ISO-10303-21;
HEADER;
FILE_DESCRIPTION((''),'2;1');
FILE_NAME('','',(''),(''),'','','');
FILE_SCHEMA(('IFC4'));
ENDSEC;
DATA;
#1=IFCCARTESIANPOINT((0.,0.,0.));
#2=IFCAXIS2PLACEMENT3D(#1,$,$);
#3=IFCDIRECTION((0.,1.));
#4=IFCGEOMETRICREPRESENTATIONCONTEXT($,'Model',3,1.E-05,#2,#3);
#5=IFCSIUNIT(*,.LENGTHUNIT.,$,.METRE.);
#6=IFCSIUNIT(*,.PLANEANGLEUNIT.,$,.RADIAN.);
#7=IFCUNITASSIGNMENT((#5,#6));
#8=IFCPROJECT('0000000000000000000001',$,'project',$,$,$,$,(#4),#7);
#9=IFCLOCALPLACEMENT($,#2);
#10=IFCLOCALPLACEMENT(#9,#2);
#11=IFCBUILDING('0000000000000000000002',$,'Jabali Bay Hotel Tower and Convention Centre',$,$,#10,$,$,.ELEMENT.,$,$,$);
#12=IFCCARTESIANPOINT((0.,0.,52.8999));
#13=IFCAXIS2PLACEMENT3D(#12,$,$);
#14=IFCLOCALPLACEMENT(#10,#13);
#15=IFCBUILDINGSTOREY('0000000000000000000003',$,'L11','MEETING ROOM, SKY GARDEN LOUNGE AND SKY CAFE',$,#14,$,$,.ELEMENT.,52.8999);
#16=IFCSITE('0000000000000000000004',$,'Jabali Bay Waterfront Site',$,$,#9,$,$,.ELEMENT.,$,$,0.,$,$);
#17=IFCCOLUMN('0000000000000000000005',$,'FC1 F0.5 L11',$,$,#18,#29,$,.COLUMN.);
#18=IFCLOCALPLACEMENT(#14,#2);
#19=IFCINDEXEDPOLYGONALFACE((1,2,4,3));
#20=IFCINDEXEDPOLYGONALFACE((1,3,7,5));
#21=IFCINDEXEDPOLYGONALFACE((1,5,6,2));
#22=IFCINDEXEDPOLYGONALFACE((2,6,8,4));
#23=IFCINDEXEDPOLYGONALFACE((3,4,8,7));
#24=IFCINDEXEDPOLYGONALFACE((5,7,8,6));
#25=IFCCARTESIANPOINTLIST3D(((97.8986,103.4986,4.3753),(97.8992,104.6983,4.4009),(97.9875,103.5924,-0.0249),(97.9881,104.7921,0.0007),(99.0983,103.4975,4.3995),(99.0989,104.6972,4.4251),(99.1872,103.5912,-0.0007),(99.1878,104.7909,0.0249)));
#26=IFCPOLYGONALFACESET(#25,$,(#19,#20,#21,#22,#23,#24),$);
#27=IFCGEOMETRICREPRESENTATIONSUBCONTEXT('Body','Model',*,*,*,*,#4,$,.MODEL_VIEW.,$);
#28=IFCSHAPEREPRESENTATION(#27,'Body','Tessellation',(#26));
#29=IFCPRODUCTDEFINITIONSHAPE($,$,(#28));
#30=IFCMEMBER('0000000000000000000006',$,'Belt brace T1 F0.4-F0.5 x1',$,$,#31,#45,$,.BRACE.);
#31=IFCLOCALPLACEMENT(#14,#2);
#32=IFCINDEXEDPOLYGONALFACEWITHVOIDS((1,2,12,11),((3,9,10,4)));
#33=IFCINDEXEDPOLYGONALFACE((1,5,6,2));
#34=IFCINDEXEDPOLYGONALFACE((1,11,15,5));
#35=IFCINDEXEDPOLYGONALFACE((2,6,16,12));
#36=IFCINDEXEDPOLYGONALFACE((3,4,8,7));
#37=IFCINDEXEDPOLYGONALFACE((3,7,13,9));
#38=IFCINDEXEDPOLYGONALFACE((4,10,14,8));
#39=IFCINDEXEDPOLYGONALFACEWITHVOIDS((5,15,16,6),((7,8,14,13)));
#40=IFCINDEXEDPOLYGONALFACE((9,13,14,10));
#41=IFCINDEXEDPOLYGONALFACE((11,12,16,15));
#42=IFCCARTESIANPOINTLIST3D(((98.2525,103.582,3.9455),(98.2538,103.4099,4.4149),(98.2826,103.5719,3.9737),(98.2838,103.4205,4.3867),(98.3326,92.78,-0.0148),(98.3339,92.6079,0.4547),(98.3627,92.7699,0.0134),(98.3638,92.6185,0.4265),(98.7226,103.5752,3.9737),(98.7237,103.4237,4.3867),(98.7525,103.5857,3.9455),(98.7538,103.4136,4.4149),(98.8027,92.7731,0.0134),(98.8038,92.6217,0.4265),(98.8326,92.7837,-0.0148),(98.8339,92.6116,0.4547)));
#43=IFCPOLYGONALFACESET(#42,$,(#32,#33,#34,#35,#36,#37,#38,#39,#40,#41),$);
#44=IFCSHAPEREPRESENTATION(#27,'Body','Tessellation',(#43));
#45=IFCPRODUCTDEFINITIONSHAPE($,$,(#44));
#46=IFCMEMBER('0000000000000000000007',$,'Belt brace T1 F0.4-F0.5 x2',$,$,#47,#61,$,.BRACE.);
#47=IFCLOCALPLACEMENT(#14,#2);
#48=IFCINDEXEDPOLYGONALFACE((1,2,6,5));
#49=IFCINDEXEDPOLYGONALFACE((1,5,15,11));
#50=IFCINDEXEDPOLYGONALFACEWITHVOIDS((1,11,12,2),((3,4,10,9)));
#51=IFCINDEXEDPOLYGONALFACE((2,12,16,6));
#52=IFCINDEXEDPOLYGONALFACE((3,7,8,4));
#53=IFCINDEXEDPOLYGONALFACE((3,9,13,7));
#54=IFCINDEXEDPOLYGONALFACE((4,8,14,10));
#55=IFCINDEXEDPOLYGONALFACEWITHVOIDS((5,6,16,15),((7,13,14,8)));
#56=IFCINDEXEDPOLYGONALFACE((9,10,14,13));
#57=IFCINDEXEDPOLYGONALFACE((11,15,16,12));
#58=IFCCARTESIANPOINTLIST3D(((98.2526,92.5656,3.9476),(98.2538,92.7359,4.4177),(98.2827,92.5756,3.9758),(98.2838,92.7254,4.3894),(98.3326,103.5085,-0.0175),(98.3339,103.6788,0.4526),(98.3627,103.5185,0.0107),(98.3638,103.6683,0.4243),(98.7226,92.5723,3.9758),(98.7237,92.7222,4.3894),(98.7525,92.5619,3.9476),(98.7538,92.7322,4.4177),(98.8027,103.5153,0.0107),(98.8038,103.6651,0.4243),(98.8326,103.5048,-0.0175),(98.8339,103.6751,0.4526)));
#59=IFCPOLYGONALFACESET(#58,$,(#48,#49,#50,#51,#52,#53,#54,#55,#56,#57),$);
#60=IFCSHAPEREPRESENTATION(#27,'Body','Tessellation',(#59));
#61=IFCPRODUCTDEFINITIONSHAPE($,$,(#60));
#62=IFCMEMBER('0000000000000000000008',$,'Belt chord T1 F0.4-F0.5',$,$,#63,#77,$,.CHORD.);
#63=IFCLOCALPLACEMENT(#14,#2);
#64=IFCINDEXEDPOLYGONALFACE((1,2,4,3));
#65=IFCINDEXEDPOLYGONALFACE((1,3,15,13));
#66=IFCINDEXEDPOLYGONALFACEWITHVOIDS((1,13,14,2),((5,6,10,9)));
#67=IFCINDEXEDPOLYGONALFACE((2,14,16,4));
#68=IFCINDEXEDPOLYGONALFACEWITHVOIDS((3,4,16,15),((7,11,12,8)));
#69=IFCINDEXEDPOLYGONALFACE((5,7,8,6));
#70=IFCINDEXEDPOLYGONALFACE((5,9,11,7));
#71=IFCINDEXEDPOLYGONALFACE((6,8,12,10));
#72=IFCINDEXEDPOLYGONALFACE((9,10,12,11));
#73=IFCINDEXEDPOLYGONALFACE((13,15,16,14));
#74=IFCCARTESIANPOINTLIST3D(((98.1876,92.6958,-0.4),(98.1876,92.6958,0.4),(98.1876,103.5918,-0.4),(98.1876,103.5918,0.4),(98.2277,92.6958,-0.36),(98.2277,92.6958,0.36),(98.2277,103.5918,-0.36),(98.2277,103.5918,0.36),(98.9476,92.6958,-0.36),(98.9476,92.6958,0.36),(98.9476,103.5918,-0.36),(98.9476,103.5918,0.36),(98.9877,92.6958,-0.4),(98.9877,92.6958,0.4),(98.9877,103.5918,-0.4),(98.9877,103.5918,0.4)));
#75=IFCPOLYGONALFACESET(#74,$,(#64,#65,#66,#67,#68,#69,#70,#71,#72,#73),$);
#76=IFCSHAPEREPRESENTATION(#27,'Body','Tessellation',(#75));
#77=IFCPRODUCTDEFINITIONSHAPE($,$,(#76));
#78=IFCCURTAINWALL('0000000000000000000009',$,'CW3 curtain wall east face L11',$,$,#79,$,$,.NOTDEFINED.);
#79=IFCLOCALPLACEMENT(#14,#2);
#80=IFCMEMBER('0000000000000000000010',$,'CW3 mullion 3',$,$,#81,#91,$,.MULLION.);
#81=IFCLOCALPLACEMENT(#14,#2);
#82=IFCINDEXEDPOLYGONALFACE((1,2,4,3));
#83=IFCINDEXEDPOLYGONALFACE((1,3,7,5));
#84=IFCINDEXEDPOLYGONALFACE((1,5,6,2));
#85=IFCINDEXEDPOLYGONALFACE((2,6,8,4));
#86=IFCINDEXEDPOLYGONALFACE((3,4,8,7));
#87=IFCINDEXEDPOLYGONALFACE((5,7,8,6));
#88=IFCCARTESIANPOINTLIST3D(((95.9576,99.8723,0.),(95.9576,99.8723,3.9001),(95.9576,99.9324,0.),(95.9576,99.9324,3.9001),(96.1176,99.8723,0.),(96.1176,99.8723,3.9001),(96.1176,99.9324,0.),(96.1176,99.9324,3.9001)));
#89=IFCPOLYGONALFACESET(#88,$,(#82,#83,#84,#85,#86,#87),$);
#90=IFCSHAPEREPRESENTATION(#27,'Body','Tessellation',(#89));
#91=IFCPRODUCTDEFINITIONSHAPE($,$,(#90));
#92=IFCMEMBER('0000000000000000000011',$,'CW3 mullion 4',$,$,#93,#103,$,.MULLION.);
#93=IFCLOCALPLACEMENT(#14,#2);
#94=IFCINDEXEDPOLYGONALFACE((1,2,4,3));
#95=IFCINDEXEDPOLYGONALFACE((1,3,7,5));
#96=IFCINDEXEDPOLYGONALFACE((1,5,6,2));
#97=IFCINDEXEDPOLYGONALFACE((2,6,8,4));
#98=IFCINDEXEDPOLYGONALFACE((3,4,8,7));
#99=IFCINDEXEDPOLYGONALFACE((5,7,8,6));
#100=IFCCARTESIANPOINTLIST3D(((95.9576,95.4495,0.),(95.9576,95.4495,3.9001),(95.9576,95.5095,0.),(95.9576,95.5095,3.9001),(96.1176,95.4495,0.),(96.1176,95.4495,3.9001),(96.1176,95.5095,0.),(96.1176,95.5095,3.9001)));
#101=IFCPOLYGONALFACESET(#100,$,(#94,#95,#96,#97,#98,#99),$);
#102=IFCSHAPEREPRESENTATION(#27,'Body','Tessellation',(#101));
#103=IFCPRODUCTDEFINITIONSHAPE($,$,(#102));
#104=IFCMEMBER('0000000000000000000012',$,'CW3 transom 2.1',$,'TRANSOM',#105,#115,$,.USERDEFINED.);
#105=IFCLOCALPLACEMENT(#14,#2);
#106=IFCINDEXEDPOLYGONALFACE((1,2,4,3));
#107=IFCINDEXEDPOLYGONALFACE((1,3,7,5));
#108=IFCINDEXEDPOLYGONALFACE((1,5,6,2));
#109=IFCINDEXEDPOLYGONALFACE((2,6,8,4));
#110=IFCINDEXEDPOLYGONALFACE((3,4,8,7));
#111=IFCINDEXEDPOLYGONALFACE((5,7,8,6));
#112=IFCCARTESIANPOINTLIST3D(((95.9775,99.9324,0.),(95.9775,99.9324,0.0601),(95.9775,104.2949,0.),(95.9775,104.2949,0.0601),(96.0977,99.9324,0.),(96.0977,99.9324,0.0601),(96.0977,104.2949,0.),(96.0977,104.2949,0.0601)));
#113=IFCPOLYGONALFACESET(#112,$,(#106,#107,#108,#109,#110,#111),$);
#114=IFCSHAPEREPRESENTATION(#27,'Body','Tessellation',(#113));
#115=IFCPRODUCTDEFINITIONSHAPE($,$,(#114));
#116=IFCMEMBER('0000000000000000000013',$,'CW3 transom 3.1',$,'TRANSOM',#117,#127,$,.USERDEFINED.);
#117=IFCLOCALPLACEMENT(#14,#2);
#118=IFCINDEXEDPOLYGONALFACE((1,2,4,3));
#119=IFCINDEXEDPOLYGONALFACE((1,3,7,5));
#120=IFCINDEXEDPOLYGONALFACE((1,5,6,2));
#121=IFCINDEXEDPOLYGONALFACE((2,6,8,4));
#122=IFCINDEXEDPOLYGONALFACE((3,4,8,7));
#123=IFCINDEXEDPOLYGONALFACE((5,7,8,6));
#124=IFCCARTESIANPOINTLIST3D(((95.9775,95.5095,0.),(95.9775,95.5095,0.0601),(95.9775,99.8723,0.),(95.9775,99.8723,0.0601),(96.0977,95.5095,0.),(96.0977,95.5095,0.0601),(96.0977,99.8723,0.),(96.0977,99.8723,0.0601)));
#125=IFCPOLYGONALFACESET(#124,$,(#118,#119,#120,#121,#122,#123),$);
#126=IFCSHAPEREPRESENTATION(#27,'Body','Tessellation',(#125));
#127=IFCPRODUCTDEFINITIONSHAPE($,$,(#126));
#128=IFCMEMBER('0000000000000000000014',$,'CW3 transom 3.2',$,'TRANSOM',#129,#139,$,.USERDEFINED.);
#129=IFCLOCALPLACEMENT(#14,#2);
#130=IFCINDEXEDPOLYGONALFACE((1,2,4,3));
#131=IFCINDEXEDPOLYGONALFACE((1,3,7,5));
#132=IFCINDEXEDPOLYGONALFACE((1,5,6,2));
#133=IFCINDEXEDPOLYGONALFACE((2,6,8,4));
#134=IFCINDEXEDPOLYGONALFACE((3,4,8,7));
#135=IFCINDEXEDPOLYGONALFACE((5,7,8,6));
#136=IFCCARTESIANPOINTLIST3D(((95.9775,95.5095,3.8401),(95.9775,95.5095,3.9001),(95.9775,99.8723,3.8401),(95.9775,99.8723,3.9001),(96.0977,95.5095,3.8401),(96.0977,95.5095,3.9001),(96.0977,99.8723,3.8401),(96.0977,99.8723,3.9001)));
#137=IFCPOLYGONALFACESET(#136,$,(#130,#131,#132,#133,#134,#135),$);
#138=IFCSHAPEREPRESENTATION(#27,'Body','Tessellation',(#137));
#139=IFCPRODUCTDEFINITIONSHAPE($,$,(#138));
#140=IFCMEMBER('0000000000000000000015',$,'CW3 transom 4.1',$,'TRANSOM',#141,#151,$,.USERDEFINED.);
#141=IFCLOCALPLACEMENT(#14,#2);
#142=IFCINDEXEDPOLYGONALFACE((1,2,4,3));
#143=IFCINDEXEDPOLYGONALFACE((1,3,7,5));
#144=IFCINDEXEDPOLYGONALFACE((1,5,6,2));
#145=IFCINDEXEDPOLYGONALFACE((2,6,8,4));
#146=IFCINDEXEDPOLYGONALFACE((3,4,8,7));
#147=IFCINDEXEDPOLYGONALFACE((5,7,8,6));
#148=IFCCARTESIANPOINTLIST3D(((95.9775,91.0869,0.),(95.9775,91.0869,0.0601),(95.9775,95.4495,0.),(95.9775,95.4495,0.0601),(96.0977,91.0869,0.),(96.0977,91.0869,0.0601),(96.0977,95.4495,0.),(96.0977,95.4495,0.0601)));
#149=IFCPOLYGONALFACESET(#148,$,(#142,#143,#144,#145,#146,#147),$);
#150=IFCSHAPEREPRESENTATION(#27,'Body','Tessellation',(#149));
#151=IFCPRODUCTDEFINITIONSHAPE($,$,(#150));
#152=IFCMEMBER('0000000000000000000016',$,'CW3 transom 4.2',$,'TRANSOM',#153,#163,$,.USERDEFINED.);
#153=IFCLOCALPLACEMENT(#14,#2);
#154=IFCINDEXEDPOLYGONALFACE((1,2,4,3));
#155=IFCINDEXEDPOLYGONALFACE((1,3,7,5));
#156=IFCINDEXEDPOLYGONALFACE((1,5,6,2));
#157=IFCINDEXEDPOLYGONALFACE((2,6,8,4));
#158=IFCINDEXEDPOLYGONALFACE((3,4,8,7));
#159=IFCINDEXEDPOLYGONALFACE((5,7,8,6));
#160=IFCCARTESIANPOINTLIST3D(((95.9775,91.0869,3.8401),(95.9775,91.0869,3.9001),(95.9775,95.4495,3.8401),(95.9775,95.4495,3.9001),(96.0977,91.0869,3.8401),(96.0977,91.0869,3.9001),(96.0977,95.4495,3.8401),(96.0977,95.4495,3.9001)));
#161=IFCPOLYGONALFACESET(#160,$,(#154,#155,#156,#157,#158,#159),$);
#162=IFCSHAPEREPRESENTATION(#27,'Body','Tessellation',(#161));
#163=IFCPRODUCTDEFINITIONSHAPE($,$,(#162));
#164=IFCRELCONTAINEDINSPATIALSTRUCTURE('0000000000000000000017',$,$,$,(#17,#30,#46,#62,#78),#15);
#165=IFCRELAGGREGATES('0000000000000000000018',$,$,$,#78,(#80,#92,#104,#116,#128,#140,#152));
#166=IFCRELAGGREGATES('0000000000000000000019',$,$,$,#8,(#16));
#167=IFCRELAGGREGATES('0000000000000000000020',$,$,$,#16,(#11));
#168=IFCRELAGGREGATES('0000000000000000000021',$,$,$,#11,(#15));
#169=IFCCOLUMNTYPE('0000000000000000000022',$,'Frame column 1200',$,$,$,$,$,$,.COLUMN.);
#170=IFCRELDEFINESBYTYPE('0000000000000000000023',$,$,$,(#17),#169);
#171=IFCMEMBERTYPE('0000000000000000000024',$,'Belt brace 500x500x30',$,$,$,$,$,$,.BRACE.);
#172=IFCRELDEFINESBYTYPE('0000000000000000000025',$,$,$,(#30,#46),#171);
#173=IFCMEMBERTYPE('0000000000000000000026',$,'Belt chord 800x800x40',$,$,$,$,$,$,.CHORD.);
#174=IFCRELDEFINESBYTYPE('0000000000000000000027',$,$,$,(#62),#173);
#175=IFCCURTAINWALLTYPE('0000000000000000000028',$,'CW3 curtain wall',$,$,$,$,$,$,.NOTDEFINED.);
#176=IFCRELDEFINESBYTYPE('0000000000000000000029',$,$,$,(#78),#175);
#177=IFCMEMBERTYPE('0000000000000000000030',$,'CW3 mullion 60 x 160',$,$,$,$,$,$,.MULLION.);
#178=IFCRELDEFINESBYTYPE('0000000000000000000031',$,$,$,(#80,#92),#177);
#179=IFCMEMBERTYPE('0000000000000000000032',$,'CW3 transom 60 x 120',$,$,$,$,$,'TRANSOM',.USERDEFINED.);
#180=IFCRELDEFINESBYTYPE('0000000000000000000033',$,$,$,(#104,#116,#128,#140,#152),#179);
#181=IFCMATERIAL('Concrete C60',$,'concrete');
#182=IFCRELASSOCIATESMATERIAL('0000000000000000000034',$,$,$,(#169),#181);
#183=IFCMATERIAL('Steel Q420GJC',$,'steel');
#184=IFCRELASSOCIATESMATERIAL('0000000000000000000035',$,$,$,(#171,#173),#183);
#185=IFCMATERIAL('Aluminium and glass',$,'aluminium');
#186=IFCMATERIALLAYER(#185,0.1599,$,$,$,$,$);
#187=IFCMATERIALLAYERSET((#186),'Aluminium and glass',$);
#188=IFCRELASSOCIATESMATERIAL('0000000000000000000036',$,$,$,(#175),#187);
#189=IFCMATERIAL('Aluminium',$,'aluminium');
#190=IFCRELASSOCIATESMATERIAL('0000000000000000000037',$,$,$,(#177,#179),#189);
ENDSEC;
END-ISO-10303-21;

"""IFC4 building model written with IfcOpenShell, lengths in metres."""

from ifc_helpers import new_model, si_unit, direction, frame, origin, origin_2d, place, context, subcontext, project, spatial, rectangle, hollow_rectangle, extrude, material, layer, layer_set, material_profile, profile_set, type_object, element, aggregate, save


model = new_model("IFC4")

# Units and contexts
model_context = context("Model", 3, precision=1e-05, world=origin(), true_north=direction((0.0, 1.0)))
body_context = subcontext(model_context, "Body", "Model", "MODEL_VIEW")
ifc_project = project(units=[si_unit("LENGTHUNIT", "METRE"), si_unit("PLANEANGLEUNIT", "RADIAN")], contexts=[model_context])

# Site, building, storey
site_placement = place(None, origin())
site = spatial("IfcSite", under=ifc_project, at=site_placement, Name="Jabali Bay Waterfront Site", CompositionType="ELEMENT", RefElevation=0.0)
building_placement = place(site_placement, origin())
building = spatial("IfcBuilding", under=site, at=building_placement, Name="Jabali Bay Hotel Tower and Convention Centre", CompositionType="ELEMENT")
storey_placement = place(building_placement, frame((0.0, 0.0, 52.8999)))
storey = spatial("IfcBuildingStorey", under=building, at=storey_placement, Name="L11", Description="MEETING ROOM, SKY GARDEN LOUNGE AND SKY CAFE", CompositionType="ELEMENT", Elevation=52.8999)

# Column
ifc_material_1 = material(Name="Concrete C60", Category="concrete")
ifc_material_profile_1 = material_profile(ifc_material_1, rectangle(XDim=1.2, YDim=1.2, at=origin_2d()), Name="Frame column 1200")
ifc_profile_set_1 = profile_set([ifc_material_profile_1], Name="Concrete C60")
column_type = type_object("IfcColumnType", Name="Frame column 1200", PredefinedType="COLUMN", material=ifc_profile_set_1)
column_placement = place(storey_placement, frame((98.5876, 104.1917, 0.0), z_axis=(-0.020188, -0.021297, 0.999569), x_axis=(0.999796, -0.000945, 0.020172)))
element("IfcColumn", 1, at=column_placement, inside=storey, type_object=column_type, Name="FC1 F0.5 L11", PredefinedType="COLUMN", context=body_context, shape_type="SweptSolid", body=[
    extrude(rectangle(XDim=1.2, YDim=1.2, at=origin_2d()), origin(), (0.0, 0.0, 1.0), 4.4021),
])

# Members
ifc_material_2 = material(Name="Steel Q420GJC", Category="steel")
ifc_material_profile_2 = material_profile(ifc_material_2, hollow_rectangle(XDim=0.5, YDim=0.5, WallThickness=0.03, at=origin_2d()), Name="Belt brace 500x500x30")
ifc_profile_set_2 = profile_set([ifc_material_profile_2], Name="Steel Q420GJC")
member_type_1 = type_object("IfcMemberType", Name="Belt brace 500x500x30", PredefinedType="BRACE", material=ifc_profile_set_2)
member_1_placement = place(storey_placement, frame((98.5833, 92.6958, 0.22), z_axis=(-0.00696, 0.938868, 0.344206), x_axis=(-0.999973, -0.007413, 0.0)))
element("IfcMember", 2, at=member_1_placement, inside=storey, type_object=member_type_1, Name="Belt brace T1 F0.4-F0.5 x1", PredefinedType="BRACE", context=body_context, shape_type="SweptSolid", body=[
    extrude(hollow_rectangle(XDim=0.5, YDim=0.5, WallThickness=0.03, at=origin_2d()), origin(), (0.0, 0.0, 1.0), 11.5054),
])
member_2_placement = place(storey_placement, frame((98.5833, 103.5918, 0.2175), z_axis=(-0.00688, -0.940161, 0.340662), x_axis=(0.999973, -0.007318, 0.0)))
element("IfcMember", 3, at=member_2_placement, inside=storey, type_object=member_type_1, Name="Belt brace T1 F0.4-F0.5 x2", PredefinedType="BRACE", context=body_context, shape_type="SweptSolid", body=[
    extrude(hollow_rectangle(XDim=0.5, YDim=0.5, WallThickness=0.03, at=origin_2d()), origin(), (0.0, 0.0, 1.0), 11.6394),
])
ifc_material_profile_3 = material_profile(ifc_material_2, hollow_rectangle(XDim=0.8, YDim=0.8, WallThickness=0.04, at=origin_2d()), Name="Belt chord 800x800x40")
ifc_profile_set_3 = profile_set([ifc_material_profile_3], Name="Steel Q420GJC")
member_type_2 = type_object("IfcMemberType", Name="Belt chord 800x800x40", PredefinedType="CHORD", material=ifc_profile_set_3)
member_3_placement = place(storey_placement, frame((98.5876, 92.6958, 0.0), z_axis=(0.0, 1.0, 0.0), x_axis=(-1.0, 0.0, 0.0)))
element("IfcMember", 4, at=member_3_placement, inside=storey, type_object=member_type_2, Name="Belt chord T1 F0.4-F0.5", PredefinedType="CHORD", context=body_context, shape_type="SweptSolid", body=[
    extrude(hollow_rectangle(XDim=0.8, YDim=0.8, WallThickness=0.04, at=origin_2d()), origin(), (0.0, 0.0, 1.0), 10.896),
])

# Curtain wall, members
ifc_material_3 = material(Name="Aluminium and glass", Category="aluminium")
ifc_layer_1 = layer(ifc_material_3, 0.1599)
ifc_layer_set_1 = layer_set([ifc_layer_1], Name="Aluminium and glass")
curtain_wall_type = type_object("IfcCurtainWallType", Name="CW3 curtain wall", PredefinedType="NOTDEFINED", material=ifc_layer_set_1)
curtain_wall_placement = place(storey_placement, origin())
curtain_wall = element("IfcCurtainWall", 5, at=curtain_wall_placement, inside=storey, type_object=curtain_wall_type, Name="CW3 curtain wall east face L11", PredefinedType="NOTDEFINED")
ifc_material_4 = material(Name="Aluminium", Category="aluminium")
ifc_material_profile_4 = material_profile(ifc_material_4, rectangle(XDim=0.1599, YDim=0.0601, at=origin_2d()), Name="CW3 mullion 60 x 160")
ifc_profile_set_4 = profile_set([ifc_material_profile_4], Name="Aluminium")
member_type_3 = type_object("IfcMemberType", Name="CW3 mullion 60 x 160", PredefinedType="MULLION", material=ifc_profile_set_4)
member_4_placement = place(storey_placement, frame((96.0376, 99.9023, 0.0), z_axis=(0.0, 0.0, 1.0), x_axis=(1.0, 0.0, 0.0)))
member_4 = element("IfcMember", 6, at=member_4_placement, type_object=member_type_3, Name="CW3 mullion 3", PredefinedType="MULLION", context=body_context, shape_type="SweptSolid", body=[
    extrude(rectangle(XDim=0.1599, YDim=0.0601, at=origin_2d()), origin(), (0.0, 0.0, 1.0), 3.9001),
])
member_5_placement = place(storey_placement, frame((96.0376, 95.4795, 0.0), z_axis=(0.0, 0.0, 1.0), x_axis=(1.0, 0.0, 0.0)))
member_5 = element("IfcMember", 7, at=member_5_placement, type_object=member_type_3, Name="CW3 mullion 4", PredefinedType="MULLION", context=body_context, shape_type="SweptSolid", body=[
    extrude(rectangle(XDim=0.1599, YDim=0.0601, at=origin_2d()), origin(), (0.0, 0.0, 1.0), 3.9001),
])
ifc_material_profile_5 = material_profile(ifc_material_4, rectangle(XDim=0.1201, YDim=0.0601, at=origin_2d()), Name="CW3 transom 60 x 120")
ifc_profile_set_5 = profile_set([ifc_material_profile_5], Name="Aluminium")
member_type_4 = type_object("IfcMemberType", Name="CW3 transom 60 x 120", ElementType="TRANSOM", PredefinedType="USERDEFINED", material=ifc_profile_set_5)
member_6_placement = place(storey_placement, frame((96.0376, 104.2949, 0.03), z_axis=(0.0, -1.0, 0.0), x_axis=(1.0, 0.0, 0.0)))
member_6 = element("IfcMember", 8, at=member_6_placement, type_object=member_type_4, Name="CW3 transom 2.1", ObjectType="TRANSOM", PredefinedType="USERDEFINED", context=body_context, shape_type="SweptSolid", body=[
    extrude(rectangle(XDim=0.1201, YDim=0.0601, at=origin_2d()), origin(), (0.0, 0.0, 1.0), 4.3625),
])
member_7_placement = place(storey_placement, frame((96.0376, 99.8723, 0.03), z_axis=(0.0, -1.0, 0.0), x_axis=(1.0, 0.0, 0.0)))
member_7 = element("IfcMember", 9, at=member_7_placement, type_object=member_type_4, Name="CW3 transom 3.1", ObjectType="TRANSOM", PredefinedType="USERDEFINED", context=body_context, shape_type="SweptSolid", body=[
    extrude(rectangle(XDim=0.1201, YDim=0.0601, at=origin_2d()), origin(), (0.0, 0.0, 1.0), 4.3628),
])
member_8_placement = place(storey_placement, frame((96.0376, 99.8723, 3.8701), z_axis=(0.0, -1.0, 0.0), x_axis=(1.0, 0.0, 0.0)))
member_8 = element("IfcMember", 10, at=member_8_placement, type_object=member_type_4, Name="CW3 transom 3.2", ObjectType="TRANSOM", PredefinedType="USERDEFINED", context=body_context, shape_type="SweptSolid", body=[
    extrude(rectangle(XDim=0.1201, YDim=0.0601, at=origin_2d()), origin(), (0.0, 0.0, 1.0), 4.3628),
])
member_9_placement = place(storey_placement, frame((96.0376, 95.4495, 0.03), z_axis=(0.0, -1.0, 0.0), x_axis=(1.0, 0.0, 0.0)))
member_9 = element("IfcMember", 11, at=member_9_placement, type_object=member_type_4, Name="CW3 transom 4.1", ObjectType="TRANSOM", PredefinedType="USERDEFINED", context=body_context, shape_type="SweptSolid", body=[
    extrude(rectangle(XDim=0.1201, YDim=0.0601, at=origin_2d()), origin(), (0.0, 0.0, 1.0), 4.3625),
])
member_10_placement = place(storey_placement, frame((96.0376, 95.4495, 3.8701), z_axis=(0.0, -1.0, 0.0), x_axis=(1.0, 0.0, 0.0)))
member_10 = element("IfcMember", 12, at=member_10_placement, type_object=member_type_4, Name="CW3 transom 4.2", ObjectType="TRANSOM", PredefinedType="USERDEFINED", context=body_context, shape_type="SweptSolid", body=[
    extrude(rectangle(XDim=0.1201, YDim=0.0601, at=origin_2d()), origin(), (0.0, 0.0, 1.0), 4.3625),
])

aggregate(curtain_wall, [member_4, member_5, member_6, member_7, member_8, member_9, member_10])

save(model, "model.ifc")
